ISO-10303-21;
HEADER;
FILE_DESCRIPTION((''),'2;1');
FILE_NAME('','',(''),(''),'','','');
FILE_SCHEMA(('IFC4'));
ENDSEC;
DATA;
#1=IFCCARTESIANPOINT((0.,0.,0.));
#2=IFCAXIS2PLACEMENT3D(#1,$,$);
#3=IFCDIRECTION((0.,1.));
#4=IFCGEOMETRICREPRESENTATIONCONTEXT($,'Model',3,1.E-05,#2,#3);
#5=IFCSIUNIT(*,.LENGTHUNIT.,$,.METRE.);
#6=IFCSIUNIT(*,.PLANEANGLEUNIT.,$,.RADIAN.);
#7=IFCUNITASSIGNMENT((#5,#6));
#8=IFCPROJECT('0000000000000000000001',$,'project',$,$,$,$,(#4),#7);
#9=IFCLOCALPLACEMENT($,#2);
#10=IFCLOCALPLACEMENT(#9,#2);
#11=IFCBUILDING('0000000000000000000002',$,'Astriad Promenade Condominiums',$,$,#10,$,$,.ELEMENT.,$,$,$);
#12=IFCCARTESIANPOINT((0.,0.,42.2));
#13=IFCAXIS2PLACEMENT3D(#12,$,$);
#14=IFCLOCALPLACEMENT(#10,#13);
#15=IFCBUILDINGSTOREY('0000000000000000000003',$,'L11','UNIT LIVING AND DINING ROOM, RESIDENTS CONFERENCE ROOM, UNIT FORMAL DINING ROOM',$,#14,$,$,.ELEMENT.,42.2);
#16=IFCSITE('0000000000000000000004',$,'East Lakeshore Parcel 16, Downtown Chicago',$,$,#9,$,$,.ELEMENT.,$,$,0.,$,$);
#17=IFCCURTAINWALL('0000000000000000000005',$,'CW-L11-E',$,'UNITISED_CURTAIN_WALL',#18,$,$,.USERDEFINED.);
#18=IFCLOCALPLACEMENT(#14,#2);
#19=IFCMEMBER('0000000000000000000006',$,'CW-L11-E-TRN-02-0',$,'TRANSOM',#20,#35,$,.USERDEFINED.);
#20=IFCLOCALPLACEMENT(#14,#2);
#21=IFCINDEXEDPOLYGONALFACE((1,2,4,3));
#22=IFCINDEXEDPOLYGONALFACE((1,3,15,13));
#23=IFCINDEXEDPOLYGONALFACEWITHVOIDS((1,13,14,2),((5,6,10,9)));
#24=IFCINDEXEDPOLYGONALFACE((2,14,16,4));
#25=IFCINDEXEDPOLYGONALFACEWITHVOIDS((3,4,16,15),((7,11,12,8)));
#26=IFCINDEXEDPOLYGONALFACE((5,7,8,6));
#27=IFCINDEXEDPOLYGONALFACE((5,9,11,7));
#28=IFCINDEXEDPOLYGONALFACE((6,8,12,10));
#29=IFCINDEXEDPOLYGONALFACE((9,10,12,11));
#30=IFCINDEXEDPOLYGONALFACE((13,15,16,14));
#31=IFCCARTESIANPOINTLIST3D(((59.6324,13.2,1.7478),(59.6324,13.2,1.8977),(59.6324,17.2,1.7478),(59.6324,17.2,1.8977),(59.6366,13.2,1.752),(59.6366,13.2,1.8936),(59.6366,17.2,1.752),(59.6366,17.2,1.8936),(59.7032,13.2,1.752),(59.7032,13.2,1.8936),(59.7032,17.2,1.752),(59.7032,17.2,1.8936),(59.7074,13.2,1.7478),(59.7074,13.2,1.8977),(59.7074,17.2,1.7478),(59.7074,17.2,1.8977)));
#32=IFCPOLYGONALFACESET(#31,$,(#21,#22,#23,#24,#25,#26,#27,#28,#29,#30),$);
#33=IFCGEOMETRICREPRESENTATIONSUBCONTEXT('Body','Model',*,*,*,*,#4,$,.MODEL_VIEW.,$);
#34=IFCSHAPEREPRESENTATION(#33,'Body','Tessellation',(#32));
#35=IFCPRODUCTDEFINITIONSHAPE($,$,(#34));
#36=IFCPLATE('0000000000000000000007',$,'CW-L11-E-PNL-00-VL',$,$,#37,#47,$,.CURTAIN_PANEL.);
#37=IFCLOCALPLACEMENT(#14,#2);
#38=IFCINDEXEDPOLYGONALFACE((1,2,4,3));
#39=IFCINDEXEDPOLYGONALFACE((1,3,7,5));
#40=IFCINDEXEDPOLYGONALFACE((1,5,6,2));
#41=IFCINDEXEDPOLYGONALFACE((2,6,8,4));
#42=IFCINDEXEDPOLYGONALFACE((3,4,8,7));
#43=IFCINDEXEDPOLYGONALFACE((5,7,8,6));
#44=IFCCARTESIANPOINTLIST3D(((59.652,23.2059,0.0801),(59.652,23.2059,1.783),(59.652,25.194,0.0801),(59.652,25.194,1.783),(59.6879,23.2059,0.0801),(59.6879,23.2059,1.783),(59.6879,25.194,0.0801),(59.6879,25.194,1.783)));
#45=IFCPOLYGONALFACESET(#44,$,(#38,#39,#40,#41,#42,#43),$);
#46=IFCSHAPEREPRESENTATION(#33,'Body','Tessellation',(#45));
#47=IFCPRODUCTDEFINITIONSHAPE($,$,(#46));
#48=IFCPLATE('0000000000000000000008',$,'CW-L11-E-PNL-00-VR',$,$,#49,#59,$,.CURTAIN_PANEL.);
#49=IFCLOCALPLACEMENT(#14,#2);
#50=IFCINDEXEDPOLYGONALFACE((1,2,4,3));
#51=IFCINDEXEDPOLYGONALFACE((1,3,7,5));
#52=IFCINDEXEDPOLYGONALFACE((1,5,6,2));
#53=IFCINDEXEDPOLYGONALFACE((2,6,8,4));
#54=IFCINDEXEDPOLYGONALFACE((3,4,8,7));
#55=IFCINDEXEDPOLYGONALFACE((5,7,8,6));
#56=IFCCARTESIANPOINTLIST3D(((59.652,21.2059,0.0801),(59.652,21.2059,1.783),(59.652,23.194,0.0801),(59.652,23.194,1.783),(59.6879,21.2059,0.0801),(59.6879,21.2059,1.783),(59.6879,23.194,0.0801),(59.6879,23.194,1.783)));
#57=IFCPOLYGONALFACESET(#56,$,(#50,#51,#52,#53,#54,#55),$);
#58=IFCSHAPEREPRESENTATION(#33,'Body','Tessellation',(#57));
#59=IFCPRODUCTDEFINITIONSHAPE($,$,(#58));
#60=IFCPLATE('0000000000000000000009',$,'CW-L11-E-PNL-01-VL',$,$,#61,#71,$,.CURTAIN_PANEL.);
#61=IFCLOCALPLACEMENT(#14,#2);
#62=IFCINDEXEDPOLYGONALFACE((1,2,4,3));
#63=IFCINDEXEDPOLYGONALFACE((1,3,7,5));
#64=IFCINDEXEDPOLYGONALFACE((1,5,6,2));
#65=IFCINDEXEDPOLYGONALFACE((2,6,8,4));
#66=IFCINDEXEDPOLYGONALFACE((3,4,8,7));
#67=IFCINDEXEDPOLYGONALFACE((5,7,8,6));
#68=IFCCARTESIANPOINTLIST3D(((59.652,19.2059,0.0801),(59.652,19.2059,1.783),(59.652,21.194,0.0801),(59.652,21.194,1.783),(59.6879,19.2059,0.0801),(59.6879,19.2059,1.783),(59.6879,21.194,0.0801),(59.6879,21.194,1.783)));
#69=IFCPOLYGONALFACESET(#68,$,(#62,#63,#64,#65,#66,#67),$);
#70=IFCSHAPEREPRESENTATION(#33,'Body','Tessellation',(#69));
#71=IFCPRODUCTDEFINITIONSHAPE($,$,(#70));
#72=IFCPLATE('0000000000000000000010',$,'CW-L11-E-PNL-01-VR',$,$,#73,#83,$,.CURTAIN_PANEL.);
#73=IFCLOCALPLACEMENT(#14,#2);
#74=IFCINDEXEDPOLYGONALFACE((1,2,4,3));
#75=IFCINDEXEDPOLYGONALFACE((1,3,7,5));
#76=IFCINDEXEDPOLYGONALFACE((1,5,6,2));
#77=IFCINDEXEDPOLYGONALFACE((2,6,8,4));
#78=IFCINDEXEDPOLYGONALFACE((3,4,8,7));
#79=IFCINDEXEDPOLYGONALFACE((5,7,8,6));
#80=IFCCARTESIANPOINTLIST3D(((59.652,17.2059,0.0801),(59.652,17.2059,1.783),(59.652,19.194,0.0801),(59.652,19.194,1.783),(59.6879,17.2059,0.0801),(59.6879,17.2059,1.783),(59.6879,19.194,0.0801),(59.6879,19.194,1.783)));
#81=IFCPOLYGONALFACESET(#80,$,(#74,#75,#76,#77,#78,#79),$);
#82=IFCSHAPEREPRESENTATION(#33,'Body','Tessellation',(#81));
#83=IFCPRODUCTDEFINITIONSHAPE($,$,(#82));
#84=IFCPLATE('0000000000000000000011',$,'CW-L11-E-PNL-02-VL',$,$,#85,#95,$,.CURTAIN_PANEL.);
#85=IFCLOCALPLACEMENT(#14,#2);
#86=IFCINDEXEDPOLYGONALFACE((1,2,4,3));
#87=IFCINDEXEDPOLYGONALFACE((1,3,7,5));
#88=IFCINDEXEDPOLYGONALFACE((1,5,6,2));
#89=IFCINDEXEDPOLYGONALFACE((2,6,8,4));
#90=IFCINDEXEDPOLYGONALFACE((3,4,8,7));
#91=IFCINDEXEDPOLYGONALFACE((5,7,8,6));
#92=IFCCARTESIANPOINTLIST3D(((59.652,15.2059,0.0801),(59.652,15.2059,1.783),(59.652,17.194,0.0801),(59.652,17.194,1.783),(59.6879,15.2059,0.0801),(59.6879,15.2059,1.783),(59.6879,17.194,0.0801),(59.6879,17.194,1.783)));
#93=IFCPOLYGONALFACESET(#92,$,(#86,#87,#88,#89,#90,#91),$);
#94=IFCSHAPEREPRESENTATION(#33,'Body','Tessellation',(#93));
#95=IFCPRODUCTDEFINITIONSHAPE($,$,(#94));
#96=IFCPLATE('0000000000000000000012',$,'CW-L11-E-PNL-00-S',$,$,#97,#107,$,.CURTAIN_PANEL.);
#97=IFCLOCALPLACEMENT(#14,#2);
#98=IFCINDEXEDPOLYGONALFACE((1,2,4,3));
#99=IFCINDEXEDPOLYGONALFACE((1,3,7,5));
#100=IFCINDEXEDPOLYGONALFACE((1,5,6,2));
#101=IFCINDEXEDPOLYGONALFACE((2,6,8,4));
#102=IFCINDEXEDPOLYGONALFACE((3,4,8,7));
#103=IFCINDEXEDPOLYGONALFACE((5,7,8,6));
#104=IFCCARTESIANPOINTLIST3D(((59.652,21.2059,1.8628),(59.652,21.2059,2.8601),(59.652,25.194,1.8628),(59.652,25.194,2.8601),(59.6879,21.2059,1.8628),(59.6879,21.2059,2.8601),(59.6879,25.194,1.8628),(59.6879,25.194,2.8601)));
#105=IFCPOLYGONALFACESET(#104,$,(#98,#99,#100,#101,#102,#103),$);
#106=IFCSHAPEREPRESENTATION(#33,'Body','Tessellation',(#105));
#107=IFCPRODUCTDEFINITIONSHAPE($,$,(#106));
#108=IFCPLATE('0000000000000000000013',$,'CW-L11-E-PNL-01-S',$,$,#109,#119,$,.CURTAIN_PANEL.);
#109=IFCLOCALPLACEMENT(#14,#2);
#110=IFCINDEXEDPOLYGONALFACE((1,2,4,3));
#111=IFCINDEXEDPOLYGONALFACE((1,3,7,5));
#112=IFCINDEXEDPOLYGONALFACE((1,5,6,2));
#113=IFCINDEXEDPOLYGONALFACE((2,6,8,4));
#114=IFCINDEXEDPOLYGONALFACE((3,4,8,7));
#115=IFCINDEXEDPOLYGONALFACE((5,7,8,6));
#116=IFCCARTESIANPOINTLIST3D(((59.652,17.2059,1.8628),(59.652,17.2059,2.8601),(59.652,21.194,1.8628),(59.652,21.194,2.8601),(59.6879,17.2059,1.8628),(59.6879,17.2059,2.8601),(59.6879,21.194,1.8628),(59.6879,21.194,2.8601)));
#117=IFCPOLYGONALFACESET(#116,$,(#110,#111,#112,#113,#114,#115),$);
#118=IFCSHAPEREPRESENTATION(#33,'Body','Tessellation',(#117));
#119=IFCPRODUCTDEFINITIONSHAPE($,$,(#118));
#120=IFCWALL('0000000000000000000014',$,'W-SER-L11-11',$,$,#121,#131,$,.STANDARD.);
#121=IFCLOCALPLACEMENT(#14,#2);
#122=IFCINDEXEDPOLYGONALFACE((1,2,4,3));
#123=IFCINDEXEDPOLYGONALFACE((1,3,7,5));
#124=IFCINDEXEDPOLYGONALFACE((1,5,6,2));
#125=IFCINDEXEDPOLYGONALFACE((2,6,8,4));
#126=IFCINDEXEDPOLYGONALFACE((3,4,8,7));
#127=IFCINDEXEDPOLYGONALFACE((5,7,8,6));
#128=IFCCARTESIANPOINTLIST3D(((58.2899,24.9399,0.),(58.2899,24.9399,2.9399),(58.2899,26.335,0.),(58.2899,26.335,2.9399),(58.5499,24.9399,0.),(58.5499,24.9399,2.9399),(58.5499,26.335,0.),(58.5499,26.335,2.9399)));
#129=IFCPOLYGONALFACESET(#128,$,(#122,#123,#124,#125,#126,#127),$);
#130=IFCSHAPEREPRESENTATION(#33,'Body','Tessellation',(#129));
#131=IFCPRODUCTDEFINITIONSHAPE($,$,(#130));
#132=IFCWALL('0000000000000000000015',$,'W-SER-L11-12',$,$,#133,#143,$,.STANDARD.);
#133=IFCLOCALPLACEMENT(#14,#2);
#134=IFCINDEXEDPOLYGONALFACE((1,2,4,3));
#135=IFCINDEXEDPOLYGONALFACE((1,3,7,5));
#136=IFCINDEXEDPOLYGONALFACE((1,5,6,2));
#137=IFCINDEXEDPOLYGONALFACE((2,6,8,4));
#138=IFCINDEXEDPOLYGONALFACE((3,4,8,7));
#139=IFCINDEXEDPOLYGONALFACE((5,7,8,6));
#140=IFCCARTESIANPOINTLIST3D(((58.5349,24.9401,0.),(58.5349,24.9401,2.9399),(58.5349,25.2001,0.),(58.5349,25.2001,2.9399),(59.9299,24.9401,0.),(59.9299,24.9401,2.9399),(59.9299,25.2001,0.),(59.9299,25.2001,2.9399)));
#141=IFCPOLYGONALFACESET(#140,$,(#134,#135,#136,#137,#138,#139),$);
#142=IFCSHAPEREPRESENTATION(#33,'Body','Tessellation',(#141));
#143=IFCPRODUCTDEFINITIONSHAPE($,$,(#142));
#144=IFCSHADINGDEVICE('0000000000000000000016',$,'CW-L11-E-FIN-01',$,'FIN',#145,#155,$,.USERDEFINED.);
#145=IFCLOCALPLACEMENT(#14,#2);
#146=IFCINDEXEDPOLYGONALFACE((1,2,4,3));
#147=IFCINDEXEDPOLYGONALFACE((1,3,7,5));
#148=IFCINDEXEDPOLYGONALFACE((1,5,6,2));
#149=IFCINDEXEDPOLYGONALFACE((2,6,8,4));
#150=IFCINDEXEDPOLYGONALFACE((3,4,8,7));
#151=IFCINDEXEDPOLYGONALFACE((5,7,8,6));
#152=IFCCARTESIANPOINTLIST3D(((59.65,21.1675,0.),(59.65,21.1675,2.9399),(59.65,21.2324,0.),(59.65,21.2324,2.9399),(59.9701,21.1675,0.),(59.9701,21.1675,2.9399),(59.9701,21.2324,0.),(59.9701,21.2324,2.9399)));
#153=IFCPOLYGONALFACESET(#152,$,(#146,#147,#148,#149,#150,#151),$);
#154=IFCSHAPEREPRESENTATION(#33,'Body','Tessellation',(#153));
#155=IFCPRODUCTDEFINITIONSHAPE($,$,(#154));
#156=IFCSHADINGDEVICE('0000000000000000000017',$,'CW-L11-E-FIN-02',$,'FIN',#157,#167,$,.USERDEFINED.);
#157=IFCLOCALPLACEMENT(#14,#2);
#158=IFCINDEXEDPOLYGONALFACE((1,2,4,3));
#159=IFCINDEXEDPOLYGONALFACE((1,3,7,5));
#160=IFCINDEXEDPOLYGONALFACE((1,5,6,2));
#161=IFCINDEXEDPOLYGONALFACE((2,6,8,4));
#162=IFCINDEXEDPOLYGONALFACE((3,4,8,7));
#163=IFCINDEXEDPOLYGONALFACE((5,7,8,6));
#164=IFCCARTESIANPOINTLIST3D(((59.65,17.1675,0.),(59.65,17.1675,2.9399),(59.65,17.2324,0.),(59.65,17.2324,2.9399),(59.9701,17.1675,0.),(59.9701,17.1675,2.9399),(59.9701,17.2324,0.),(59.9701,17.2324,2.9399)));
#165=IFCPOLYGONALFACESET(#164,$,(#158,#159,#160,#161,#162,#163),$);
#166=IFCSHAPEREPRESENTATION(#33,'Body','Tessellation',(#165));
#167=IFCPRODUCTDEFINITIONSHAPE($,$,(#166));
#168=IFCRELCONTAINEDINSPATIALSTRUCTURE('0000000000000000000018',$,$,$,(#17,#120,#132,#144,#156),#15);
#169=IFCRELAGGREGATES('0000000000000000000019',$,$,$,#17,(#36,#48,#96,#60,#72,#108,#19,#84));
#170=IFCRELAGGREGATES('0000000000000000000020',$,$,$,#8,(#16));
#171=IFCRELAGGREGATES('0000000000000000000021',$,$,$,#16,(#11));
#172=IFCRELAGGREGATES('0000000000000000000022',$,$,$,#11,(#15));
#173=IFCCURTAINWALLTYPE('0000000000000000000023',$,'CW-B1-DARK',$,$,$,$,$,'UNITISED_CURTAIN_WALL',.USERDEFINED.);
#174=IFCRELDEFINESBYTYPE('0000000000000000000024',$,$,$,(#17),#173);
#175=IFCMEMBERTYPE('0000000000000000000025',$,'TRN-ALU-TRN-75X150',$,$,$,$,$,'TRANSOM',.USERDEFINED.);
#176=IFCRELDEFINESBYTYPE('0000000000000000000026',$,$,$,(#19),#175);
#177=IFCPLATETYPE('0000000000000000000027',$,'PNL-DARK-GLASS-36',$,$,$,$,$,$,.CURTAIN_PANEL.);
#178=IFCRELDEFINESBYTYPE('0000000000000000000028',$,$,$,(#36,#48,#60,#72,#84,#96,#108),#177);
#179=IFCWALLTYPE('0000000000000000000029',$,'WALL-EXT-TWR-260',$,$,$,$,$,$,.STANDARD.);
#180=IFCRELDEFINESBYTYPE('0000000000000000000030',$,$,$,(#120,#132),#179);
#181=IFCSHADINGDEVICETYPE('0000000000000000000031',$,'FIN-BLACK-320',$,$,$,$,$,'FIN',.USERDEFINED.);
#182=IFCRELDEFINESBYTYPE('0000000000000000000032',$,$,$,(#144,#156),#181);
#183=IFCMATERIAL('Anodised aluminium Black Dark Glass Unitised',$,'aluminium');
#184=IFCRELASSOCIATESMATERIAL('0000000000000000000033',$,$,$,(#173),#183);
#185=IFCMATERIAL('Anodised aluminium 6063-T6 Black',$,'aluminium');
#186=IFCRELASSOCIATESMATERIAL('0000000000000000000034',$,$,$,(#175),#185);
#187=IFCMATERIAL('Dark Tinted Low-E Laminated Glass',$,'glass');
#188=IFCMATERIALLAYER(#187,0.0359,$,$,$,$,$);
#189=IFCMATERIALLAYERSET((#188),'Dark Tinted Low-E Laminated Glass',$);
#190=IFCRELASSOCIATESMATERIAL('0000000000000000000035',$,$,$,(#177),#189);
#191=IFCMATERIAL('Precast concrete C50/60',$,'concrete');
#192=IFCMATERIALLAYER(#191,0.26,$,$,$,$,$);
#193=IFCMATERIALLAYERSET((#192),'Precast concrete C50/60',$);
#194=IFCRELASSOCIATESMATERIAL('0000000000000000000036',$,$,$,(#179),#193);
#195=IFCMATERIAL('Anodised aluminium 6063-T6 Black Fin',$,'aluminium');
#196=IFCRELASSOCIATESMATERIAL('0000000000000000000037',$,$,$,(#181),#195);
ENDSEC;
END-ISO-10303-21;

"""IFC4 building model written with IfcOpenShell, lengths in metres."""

from ifc_helpers import new_model, si_unit, direction, frame, frame_2d, origin, origin_2d, place, context, subcontext, project, spatial, rectangle, hollow_rectangle, extrude, source, transform, mapped, material, layer, layer_set, material_profile, profile_set, type_object, type_shapes, element, aggregate, save


model = new_model("IFC4")

# Units and contexts
model_context = context("Model", 3, precision=1e-05, world=origin(), true_north=direction((0.0, 1.0)))
body_context = subcontext(model_context, "Body", "Model", "MODEL_VIEW")
ifc_project = project(units=[si_unit("LENGTHUNIT", "METRE"), si_unit("PLANEANGLEUNIT", "RADIAN")], contexts=[model_context])

# Site, building, storey
site_placement = place(None, origin())
site = spatial("IfcSite", under=ifc_project, at=site_placement, Name="East Lakeshore Parcel 16, Downtown Chicago", CompositionType="ELEMENT", RefElevation=0.0)
building_placement = place(site_placement, origin())
building = spatial("IfcBuilding", under=site, at=building_placement, Name="Astriad Promenade Condominiums", CompositionType="ELEMENT")
storey_placement = place(building_placement, frame((0.0, 0.0, 42.2)))
storey = spatial("IfcBuildingStorey", under=building, at=storey_placement, Name="L11", Description="UNIT LIVING AND DINING ROOM, RESIDENTS CONFERENCE ROOM, UNIT FORMAL DINING ROOM", CompositionType="ELEMENT", Elevation=42.2)

# Curtain wall, member, plates
ifc_material_1 = material(Name="Anodised aluminium Black Dark Glass Unitised", Category="aluminium")
curtain_wall_type = type_object("IfcCurtainWallType", Name="CW-B1-DARK", ElementType="UNITISED_CURTAIN_WALL", PredefinedType="USERDEFINED", material=ifc_material_1)
curtain_wall_placement = place(storey_placement, origin())
curtain_wall = element("IfcCurtainWall", 1, at=curtain_wall_placement, inside=storey, type_object=curtain_wall_type, Name="CW-L11-E", ObjectType="UNITISED_CURTAIN_WALL", PredefinedType="USERDEFINED")
ifc_material_2 = material(Name="Anodised aluminium 6063-T6 Black", Category="aluminium")
ifc_material_profile_1 = material_profile(ifc_material_2, hollow_rectangle(XDim=0.075, YDim=0.1499, WallThickness=0.0042, at=origin_2d()), Name="ALU-TRN-75X150")
ifc_profile_set_1 = profile_set([ifc_material_profile_1], Name="Anodised aluminium 6063-T6 Black")
member_type_1 = type_object("IfcMemberType", Name="TRN-ALU-TRN-75X150", ElementType="TRANSOM", PredefinedType="USERDEFINED", material=ifc_profile_set_1)
shared_shape_1 = source(origin(), body_context, "Body", "SweptSolid", [
    extrude(hollow_rectangle(XDim=0.075, YDim=0.1499, WallThickness=0.0042, at=origin_2d()), origin(), (0.0, 0.0, 1.0), 4.0),
])
type_shapes(member_type_1, [shared_shape_1])
member_1_placement = place(storey_placement, frame((59.6699, 17.2, 1.8228), z_axis=(0.0, -1.0, 0.0), x_axis=(1.0, 0.0, 0.0)))
member_1 = element("IfcMember", 2, at=member_1_placement, type_object=member_type_1, Name="CW-L11-E-TRN-02-0", ObjectType="TRANSOM", PredefinedType="USERDEFINED", context=body_context, shape_type="MappedRepresentation", body=[
    mapped(shared_shape_1, transform((0.0, 0.0, 0.0), scale=1.0)),
])
ifc_material_3 = material(Name="Dark Tinted Low-E Laminated Glass", Category="glass")
ifc_layer_1 = layer(ifc_material_3, 0.0359)
ifc_layer_set_1 = layer_set([ifc_layer_1], Name="Dark Tinted Low-E Laminated Glass")
plate_type = type_object("IfcPlateType", Name="PNL-DARK-GLASS-36", PredefinedType="CURTAIN_PANEL", material=ifc_layer_set_1)
shared_shape_2 = source(origin(), body_context, "Body", "SweptSolid", [
    extrude(rectangle(XDim=1.988, YDim=0.0359, at=origin_2d()), origin(), (0.0, 0.0, 1.0), 1.7029),
])
plate_1_placement = place(storey_placement, frame((59.6699, 24.2, 0.0801), z_axis=(0.0, 0.0, 1.0), x_axis=(0.0, -1.0, 0.0)))
plate_1 = element("IfcPlate", 3, at=plate_1_placement, type_object=plate_type, Name="CW-L11-E-PNL-00-VL", PredefinedType="CURTAIN_PANEL", context=body_context, shape_type="MappedRepresentation", body=[
    mapped(shared_shape_2, transform((0.0, 0.0, 0.0), scale=1.0)),
])
plate_2_placement = place(storey_placement, frame((59.6699, 22.2, 0.0801), z_axis=(0.0, 0.0, 1.0), x_axis=(0.0, -1.0, 0.0)))
plate_2 = element("IfcPlate", 4, at=plate_2_placement, type_object=plate_type, Name="CW-L11-E-PNL-00-VR", PredefinedType="CURTAIN_PANEL", context=body_context, shape_type="MappedRepresentation", body=[
    mapped(shared_shape_2, transform((0.0, 0.0, 0.0), scale=1.0)),
])
plate_3_placement = place(storey_placement, frame((59.6699, 20.2, 0.0801), z_axis=(0.0, 0.0, 1.0), x_axis=(0.0, -1.0, 0.0)))
plate_3 = element("IfcPlate", 5, at=plate_3_placement, type_object=plate_type, Name="CW-L11-E-PNL-01-VL", PredefinedType="CURTAIN_PANEL", context=body_context, shape_type="MappedRepresentation", body=[
    mapped(shared_shape_2, transform((0.0, 0.0, 0.0), scale=1.0)),
])
plate_4_placement = place(storey_placement, frame((59.6699, 18.2, 0.0801), z_axis=(0.0, 0.0, 1.0), x_axis=(0.0, -1.0, 0.0)))
plate_4 = element("IfcPlate", 6, at=plate_4_placement, type_object=plate_type, Name="CW-L11-E-PNL-01-VR", PredefinedType="CURTAIN_PANEL", context=body_context, shape_type="MappedRepresentation", body=[
    mapped(shared_shape_2, transform((0.0, 0.0, 0.0), scale=1.0)),
])
plate_5_placement = place(storey_placement, frame((59.6699, 16.2, 0.0801), z_axis=(0.0, 0.0, 1.0), x_axis=(0.0, -1.0, 0.0)))
plate_5 = element("IfcPlate", 7, at=plate_5_placement, type_object=plate_type, Name="CW-L11-E-PNL-02-VL", PredefinedType="CURTAIN_PANEL", context=body_context, shape_type="MappedRepresentation", body=[
    mapped(shared_shape_2, transform((0.0, 0.0, 0.0), scale=1.0)),
])
shared_shape_3 = source(origin(), body_context, "Body", "SweptSolid", [
    extrude(rectangle(XDim=3.988, YDim=0.0359, at=origin_2d()), origin(), (0.0, 0.0, 1.0), 0.9973),
])
type_shapes(plate_type, [shared_shape_2, shared_shape_3])
plate_6_placement = place(storey_placement, frame((59.6699, 23.2, 1.8628), z_axis=(0.0, 0.0, 1.0), x_axis=(0.0, -1.0, 0.0)))
plate_6 = element("IfcPlate", 8, at=plate_6_placement, type_object=plate_type, Name="CW-L11-E-PNL-00-S", PredefinedType="CURTAIN_PANEL", context=body_context, shape_type="MappedRepresentation", body=[
    mapped(shared_shape_3, transform((0.0, 0.0, 0.0), scale=1.0)),
])
plate_7_placement = place(storey_placement, frame((59.6699, 19.2, 1.8628), z_axis=(0.0, 0.0, 1.0), x_axis=(0.0, -1.0, 0.0)))
plate_7 = element("IfcPlate", 9, at=plate_7_placement, type_object=plate_type, Name="CW-L11-E-PNL-01-S", PredefinedType="CURTAIN_PANEL", context=body_context, shape_type="MappedRepresentation", body=[
    mapped(shared_shape_3, transform((0.0, 0.0, 0.0), scale=1.0)),
])
aggregate(curtain_wall, [plate_1, plate_2, plate_6, plate_3, plate_4, plate_7, member_1, plate_5])

# Walls
ifc_material_4 = material(Name="Precast concrete C50/60", Category="concrete")
ifc_layer_2 = layer(ifc_material_4, 0.26)
ifc_layer_set_2 = layer_set([ifc_layer_2], Name="Precast concrete C50/60")
wall_type = type_object("IfcWallType", Name="WALL-EXT-TWR-260", PredefinedType="STANDARD", material=ifc_layer_set_2)
for number, where, z_axis, x_axis, name in (
    (10, (58.4199, 26.335, 0.0), (0.0, 0.0, 1.0), (0.0, -1.0, 0.0), "W-SER-L11-11"),
    (11, (58.5349, 25.0701, 0.0), (0.0, 0.0, 1.0), (1.0, 0.0, 0.0), "W-SER-L11-12"),
):
    element("IfcWall", number, at=place(storey_placement, frame(where, z_axis=z_axis, x_axis=x_axis)), inside=storey, type_object=wall_type, Name=name, PredefinedType="STANDARD", context=body_context, shape_type="SweptSolid", body=[
        extrude(rectangle(XDim=1.395, YDim=0.26, at=frame_2d((0.6975, 0.0))), origin(), (0.0, 0.0, 1.0), 2.9399),
    ])

# Shading devices
ifc_material_5 = material(Name="Anodised aluminium 6063-T6 Black Fin", Category="aluminium")
shading_device_type = type_object("IfcShadingDeviceType", Name="FIN-BLACK-320", ElementType="FIN", PredefinedType="USERDEFINED", material=ifc_material_5)
shared_shape_4 = source(origin(), body_context, "Body", "SweptSolid", [
    extrude(rectangle(XDim=0.0649, YDim=0.3201, at=origin_2d()), origin(), (0.0, 0.0, 1.0), 2.9399),
])
type_shapes(shading_device_type, [shared_shape_4])
for number, where, z_axis, x_axis, name in (
    (12, (59.8101, 21.2, 0.0), (0.0, 0.0, 1.0), (0.0, -1.0, 0.0), "CW-L11-E-FIN-01"),
    (13, (59.8101, 17.2, 0.0), (0.0, 0.0, 1.0), (0.0, -1.0, 0.0), "CW-L11-E-FIN-02"),
):
    element("IfcShadingDevice", number, at=place(storey_placement, frame(where, z_axis=z_axis, x_axis=x_axis)), inside=storey, type_object=shading_device_type, Name=name, ObjectType="FIN", PredefinedType="USERDEFINED", context=body_context, shape_type="MappedRepresentation", body=[
        mapped(shared_shape_4, transform((0.0, 0.0, 0.0), scale=1.0)),
    ])

save(model, "model.ifc")
